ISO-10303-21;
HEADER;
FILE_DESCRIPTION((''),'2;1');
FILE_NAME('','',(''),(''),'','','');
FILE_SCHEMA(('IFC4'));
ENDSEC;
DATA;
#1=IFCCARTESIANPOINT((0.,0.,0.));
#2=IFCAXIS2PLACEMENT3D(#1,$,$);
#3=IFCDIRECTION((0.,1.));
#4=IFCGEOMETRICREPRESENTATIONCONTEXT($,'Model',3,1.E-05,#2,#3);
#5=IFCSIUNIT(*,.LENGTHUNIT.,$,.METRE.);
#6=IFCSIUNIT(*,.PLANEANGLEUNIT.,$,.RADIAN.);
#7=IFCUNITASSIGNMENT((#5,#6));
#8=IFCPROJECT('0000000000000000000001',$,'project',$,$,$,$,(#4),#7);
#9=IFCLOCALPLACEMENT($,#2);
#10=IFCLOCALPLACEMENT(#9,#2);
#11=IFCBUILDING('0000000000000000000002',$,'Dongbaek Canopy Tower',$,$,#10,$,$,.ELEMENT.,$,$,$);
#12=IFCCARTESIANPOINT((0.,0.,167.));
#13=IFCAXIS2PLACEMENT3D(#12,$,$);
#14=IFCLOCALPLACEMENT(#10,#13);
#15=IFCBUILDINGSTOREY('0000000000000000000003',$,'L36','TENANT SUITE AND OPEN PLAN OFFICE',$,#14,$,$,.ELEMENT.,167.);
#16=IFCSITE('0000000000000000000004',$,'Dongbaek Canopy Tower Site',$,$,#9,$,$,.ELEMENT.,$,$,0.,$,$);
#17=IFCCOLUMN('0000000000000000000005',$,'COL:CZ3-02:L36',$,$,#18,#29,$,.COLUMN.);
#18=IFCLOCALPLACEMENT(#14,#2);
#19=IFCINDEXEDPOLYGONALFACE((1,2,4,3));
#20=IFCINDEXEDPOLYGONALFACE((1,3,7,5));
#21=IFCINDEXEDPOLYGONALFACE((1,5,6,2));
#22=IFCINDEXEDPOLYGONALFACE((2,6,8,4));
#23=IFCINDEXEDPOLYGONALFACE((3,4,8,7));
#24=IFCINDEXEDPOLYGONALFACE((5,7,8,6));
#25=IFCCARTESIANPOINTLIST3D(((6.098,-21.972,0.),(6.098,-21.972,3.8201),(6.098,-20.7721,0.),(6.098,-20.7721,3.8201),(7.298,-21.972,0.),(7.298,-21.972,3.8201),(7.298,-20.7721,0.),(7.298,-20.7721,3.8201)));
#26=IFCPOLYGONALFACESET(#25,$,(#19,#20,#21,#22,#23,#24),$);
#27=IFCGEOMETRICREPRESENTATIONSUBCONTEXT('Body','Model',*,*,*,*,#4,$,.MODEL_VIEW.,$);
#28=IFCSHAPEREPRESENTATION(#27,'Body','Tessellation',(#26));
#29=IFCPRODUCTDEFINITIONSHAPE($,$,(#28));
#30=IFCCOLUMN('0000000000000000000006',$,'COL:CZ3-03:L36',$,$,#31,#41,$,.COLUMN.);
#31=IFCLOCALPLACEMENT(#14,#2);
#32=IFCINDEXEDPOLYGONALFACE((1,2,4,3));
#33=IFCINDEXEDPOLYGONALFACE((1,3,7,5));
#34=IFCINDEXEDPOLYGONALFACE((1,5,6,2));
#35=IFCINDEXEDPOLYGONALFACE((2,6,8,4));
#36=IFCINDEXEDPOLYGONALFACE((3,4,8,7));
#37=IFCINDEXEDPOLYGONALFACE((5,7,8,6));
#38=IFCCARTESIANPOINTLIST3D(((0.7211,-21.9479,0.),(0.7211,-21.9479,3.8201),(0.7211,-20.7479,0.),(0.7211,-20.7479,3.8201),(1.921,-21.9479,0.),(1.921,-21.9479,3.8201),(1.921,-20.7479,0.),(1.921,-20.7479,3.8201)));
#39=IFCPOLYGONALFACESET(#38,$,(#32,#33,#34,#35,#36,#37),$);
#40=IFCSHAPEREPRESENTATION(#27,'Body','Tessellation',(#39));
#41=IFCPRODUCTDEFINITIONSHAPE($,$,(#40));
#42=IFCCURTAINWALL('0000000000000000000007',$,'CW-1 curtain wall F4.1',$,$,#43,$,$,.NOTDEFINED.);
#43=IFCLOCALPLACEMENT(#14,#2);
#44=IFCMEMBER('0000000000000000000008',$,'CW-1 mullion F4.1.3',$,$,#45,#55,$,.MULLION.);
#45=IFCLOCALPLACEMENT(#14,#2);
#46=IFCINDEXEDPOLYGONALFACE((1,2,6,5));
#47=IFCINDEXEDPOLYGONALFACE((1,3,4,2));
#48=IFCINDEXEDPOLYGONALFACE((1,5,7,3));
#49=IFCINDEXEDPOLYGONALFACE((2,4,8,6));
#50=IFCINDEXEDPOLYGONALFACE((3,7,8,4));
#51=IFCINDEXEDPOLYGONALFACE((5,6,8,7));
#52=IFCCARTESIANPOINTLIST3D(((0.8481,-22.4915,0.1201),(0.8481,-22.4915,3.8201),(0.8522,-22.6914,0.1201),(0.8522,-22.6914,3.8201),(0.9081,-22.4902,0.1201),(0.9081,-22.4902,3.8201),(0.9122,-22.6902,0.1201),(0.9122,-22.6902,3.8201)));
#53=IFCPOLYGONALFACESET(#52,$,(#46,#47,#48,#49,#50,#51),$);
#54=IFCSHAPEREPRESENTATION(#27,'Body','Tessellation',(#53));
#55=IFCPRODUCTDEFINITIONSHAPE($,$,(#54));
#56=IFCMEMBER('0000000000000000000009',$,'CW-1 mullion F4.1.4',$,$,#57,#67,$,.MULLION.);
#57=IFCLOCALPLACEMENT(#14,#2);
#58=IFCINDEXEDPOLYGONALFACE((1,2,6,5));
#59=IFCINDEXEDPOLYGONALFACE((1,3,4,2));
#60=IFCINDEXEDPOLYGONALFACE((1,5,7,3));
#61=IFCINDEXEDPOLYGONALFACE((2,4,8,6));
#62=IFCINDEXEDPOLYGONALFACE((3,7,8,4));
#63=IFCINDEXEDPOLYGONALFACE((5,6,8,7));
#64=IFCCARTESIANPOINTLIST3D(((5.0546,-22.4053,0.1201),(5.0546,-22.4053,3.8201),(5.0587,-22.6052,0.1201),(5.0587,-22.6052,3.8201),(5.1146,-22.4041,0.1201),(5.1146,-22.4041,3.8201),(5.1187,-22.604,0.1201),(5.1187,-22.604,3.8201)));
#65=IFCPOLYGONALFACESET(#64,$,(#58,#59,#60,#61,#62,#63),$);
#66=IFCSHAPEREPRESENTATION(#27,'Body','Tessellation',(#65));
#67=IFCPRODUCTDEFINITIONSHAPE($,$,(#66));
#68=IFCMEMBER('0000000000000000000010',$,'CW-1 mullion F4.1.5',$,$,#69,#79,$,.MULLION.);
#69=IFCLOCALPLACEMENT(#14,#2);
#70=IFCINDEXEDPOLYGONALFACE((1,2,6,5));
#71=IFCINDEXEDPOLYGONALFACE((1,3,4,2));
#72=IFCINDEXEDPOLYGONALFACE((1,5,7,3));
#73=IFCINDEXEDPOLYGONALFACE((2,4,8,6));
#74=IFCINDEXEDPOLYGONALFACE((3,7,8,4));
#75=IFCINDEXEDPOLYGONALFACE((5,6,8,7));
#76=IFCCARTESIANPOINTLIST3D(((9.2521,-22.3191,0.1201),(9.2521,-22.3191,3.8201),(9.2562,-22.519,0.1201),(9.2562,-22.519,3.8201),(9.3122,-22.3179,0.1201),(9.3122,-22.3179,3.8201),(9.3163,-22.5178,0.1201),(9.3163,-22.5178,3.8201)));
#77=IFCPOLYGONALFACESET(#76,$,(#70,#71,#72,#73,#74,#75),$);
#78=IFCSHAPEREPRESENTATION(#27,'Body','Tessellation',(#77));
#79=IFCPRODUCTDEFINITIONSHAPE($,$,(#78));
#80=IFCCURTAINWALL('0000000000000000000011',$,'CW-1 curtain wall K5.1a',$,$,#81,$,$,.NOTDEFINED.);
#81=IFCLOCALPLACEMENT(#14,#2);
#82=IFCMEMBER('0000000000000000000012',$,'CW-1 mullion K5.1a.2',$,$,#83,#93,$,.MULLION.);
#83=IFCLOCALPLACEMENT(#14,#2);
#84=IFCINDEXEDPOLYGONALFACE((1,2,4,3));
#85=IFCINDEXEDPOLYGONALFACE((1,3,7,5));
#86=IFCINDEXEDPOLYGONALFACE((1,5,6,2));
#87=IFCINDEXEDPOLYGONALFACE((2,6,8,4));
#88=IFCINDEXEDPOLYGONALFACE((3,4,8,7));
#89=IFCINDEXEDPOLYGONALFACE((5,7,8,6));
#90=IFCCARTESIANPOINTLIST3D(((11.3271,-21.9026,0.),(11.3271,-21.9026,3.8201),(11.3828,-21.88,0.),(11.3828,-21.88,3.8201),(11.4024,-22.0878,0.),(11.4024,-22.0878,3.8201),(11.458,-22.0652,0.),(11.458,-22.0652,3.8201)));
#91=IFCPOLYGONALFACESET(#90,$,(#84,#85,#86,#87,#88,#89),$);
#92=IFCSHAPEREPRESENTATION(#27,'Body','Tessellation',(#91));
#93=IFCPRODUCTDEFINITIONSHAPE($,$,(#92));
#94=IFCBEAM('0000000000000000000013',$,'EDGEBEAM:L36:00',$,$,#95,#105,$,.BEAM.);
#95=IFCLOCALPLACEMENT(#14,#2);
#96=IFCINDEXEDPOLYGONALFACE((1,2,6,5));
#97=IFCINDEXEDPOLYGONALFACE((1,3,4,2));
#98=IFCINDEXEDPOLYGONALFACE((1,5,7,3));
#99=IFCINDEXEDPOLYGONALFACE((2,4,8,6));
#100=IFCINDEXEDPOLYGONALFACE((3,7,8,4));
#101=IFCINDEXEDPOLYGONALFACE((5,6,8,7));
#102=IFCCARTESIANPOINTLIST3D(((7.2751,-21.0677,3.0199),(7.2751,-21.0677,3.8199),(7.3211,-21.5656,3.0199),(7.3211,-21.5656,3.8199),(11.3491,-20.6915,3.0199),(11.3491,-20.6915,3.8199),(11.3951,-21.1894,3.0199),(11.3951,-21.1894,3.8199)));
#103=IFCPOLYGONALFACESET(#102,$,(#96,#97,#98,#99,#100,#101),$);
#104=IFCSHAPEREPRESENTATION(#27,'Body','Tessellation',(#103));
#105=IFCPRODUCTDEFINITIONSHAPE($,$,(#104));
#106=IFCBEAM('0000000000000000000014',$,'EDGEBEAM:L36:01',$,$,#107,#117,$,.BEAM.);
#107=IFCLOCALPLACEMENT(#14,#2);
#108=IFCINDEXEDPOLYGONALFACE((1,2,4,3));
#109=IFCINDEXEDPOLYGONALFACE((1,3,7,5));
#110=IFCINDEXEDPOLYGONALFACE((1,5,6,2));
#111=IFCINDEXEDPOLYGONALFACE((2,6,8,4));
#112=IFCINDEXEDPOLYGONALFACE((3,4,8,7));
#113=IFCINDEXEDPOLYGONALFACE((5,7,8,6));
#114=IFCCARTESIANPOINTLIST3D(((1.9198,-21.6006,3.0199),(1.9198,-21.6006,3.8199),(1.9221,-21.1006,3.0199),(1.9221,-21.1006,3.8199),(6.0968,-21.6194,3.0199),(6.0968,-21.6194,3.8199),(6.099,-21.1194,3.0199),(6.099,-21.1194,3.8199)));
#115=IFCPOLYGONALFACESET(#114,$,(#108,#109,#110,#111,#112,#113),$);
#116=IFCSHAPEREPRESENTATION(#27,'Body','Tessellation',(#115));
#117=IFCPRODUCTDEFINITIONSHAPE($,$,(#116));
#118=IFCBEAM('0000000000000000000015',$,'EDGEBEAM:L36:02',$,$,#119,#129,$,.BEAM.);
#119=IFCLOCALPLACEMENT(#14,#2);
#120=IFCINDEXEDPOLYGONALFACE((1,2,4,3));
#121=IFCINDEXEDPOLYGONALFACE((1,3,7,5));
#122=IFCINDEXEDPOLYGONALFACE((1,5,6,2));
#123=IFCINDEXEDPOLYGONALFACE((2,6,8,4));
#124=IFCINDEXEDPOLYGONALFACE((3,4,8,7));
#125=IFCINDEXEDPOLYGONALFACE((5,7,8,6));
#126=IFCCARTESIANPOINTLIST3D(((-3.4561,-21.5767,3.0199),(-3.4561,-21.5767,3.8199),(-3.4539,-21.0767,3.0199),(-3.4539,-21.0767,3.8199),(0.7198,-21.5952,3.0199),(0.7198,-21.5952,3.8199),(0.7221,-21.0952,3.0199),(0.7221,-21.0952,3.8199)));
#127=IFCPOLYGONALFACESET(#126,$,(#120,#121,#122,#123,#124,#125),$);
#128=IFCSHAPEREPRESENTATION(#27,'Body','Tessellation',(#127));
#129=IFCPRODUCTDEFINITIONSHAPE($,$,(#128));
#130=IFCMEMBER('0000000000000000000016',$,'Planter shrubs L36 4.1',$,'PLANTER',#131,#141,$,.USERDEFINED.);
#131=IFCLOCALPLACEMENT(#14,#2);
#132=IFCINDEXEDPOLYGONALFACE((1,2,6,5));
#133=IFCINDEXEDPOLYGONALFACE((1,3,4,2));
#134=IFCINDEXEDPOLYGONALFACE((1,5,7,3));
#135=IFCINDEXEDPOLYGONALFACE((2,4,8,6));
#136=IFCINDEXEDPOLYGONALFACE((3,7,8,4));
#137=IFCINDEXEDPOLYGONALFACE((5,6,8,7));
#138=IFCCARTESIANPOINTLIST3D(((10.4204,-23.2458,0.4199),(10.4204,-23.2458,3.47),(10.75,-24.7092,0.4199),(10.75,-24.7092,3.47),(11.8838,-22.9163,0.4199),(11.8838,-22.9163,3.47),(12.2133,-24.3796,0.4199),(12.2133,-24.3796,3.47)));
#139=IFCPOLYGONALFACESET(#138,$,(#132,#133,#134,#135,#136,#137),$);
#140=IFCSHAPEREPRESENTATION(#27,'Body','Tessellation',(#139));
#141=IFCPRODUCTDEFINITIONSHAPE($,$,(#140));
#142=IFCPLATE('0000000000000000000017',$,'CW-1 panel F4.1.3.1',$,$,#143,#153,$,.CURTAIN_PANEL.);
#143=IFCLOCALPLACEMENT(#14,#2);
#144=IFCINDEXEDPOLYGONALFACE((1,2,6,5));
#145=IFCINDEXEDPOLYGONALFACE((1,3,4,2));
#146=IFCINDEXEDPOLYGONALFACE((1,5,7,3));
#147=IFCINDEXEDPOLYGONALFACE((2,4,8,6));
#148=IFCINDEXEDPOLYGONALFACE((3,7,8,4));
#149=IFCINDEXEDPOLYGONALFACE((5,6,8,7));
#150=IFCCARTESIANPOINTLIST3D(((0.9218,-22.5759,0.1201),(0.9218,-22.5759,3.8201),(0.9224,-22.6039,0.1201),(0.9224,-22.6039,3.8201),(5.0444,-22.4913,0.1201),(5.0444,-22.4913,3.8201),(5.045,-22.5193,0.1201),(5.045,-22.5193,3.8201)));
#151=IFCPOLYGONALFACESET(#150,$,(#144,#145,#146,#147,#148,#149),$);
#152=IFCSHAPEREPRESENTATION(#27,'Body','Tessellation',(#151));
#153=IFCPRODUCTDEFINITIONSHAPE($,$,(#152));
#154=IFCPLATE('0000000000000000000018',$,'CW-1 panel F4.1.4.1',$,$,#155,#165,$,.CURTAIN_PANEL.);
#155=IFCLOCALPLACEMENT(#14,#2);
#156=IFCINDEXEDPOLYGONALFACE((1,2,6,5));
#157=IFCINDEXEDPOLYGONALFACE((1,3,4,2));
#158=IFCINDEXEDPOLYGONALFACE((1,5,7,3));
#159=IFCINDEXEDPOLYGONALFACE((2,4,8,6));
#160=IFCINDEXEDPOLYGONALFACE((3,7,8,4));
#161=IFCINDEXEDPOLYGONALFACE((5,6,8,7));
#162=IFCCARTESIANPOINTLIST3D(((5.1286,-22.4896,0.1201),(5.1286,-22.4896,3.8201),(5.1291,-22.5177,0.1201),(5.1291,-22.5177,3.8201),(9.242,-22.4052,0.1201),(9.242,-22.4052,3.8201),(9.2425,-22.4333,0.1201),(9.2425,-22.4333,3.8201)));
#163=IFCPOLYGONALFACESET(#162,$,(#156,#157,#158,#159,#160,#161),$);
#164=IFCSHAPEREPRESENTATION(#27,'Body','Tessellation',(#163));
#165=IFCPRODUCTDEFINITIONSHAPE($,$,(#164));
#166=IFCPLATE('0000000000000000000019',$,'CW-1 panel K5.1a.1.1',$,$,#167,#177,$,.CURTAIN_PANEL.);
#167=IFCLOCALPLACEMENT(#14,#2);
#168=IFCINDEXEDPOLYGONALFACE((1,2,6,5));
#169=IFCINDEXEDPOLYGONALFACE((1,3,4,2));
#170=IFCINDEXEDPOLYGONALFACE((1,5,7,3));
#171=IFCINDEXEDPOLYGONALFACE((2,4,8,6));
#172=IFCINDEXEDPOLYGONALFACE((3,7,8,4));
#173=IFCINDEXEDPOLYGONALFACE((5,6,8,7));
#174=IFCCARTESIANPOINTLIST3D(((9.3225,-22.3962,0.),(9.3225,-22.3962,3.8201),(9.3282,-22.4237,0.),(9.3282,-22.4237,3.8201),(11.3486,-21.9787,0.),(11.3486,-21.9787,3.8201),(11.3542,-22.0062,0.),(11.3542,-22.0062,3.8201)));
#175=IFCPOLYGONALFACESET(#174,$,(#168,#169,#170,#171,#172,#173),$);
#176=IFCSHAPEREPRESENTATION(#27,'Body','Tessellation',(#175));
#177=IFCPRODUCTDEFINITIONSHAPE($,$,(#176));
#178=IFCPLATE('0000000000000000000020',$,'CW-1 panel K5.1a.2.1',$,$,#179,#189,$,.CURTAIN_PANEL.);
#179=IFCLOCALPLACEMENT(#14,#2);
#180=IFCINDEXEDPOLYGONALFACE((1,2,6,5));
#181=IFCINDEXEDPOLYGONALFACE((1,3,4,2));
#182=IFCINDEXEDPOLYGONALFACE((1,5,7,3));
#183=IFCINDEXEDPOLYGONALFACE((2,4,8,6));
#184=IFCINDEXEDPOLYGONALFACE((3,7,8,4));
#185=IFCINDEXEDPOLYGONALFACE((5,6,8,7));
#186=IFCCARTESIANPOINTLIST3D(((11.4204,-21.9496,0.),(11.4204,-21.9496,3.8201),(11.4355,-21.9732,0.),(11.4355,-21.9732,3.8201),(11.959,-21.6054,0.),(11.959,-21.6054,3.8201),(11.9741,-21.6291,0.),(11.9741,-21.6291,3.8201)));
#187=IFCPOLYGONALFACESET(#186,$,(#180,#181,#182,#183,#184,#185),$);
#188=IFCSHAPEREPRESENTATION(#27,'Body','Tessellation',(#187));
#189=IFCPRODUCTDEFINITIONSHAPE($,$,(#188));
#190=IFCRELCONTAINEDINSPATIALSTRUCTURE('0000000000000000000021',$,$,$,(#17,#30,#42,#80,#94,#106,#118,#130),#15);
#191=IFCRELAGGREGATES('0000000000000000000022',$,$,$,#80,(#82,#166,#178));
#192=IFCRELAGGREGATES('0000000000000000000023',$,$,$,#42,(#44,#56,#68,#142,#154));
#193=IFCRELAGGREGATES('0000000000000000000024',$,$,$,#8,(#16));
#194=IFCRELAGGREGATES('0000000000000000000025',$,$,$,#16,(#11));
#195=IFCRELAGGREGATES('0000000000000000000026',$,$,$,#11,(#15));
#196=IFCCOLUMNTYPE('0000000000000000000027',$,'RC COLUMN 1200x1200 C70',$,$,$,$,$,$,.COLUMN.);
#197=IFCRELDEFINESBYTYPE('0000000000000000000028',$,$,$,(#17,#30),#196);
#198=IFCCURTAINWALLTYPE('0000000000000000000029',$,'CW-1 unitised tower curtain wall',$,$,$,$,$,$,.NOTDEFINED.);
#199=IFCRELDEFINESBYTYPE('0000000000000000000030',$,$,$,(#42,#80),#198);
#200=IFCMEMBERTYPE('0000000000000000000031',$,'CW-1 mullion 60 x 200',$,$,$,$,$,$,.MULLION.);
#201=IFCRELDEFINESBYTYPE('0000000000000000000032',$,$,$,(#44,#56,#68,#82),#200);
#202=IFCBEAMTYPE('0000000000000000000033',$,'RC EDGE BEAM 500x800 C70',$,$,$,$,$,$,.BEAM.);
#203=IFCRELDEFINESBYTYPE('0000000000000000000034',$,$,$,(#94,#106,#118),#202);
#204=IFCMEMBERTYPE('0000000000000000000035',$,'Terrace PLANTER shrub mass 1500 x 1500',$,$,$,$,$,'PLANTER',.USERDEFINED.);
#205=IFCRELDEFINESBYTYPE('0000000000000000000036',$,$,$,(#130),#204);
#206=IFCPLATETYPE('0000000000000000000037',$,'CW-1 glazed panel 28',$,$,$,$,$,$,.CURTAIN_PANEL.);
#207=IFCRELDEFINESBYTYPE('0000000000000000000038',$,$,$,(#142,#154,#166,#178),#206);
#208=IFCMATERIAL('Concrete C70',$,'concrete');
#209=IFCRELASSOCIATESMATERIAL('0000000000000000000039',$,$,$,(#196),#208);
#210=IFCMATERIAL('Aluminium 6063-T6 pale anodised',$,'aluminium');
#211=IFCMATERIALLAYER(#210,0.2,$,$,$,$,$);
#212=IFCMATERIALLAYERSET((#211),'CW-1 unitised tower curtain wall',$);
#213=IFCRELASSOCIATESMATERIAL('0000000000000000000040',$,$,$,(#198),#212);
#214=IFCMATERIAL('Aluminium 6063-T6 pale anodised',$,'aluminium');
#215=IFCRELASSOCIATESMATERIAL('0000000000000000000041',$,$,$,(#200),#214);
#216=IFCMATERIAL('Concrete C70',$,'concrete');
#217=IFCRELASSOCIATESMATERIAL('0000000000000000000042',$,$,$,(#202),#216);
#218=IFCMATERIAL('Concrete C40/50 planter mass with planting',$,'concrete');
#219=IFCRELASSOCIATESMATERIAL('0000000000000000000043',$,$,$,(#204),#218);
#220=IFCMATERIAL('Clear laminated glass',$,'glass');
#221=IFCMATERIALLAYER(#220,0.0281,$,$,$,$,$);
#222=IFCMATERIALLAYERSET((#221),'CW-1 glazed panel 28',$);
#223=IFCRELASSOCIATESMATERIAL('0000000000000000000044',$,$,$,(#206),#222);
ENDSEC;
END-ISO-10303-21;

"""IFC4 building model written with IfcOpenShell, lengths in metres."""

from ifc_helpers import new_model, si_unit, direction, frame, origin, origin_2d, place, context, subcontext, project, spatial, rectangle, extrude, material, layer, layer_set, material_profile, profile_set, type_object, element, aggregate, save


model = new_model("IFC4")

# Units and contexts
model_context = context("Model", 3, precision=1e-05, world=origin(), true_north=direction((0.0, 1.0)))
body_context = subcontext(model_context, "Body", "Model", "MODEL_VIEW")
ifc_project = project(units=[si_unit("LENGTHUNIT", "METRE"), si_unit("PLANEANGLEUNIT", "RADIAN")], contexts=[model_context])

# Site, building, storey
site_placement = place(None, origin())
site = spatial("IfcSite", under=ifc_project, at=site_placement, Name="Dongbaek Canopy Tower Site", CompositionType="ELEMENT", RefElevation=0.0)
building_placement = place(site_placement, origin())
building = spatial("IfcBuilding", under=site, at=building_placement, Name="Dongbaek Canopy Tower", CompositionType="ELEMENT")
storey_placement = place(building_placement, frame((0.0, 0.0, 167.0)))
storey = spatial("IfcBuildingStorey", under=building, at=storey_placement, Name="L36", Description="TENANT SUITE AND OPEN PLAN OFFICE", CompositionType="ELEMENT", Elevation=167.0)

# Columns
ifc_material_1 = material(Name="Concrete C70", Category="concrete")
ifc_material_profile_1 = material_profile(ifc_material_1, rectangle(XDim=1.2, YDim=1.2, at=origin_2d()), Name="RC COLUMN 1200x1200 C70")
ifc_profile_set_1 = profile_set([ifc_material_profile_1], Name="Concrete C70")
column_type = type_object("IfcColumnType", Name="RC COLUMN 1200x1200 C70", PredefinedType="COLUMN", material=ifc_profile_set_1)
for number, where, z_axis, x_axis, name in (
    (1, (6.698, -21.3721, 0.0), (0.0, 0.0, 1.0), (1.0, 0.0, 0.0), "COL:CZ3-02:L36"),
    (2, (1.321, -21.3479, 0.0), (0.0, 0.0, 1.0), (1.0, 0.0, 0.0), "COL:CZ3-03:L36"),
):
    element("IfcColumn", number, at=place(storey_placement, frame(where, z_axis=z_axis, x_axis=x_axis)), inside=storey, type_object=column_type, Name=name, PredefinedType="COLUMN", context=body_context, shape_type="SweptSolid", body=[
        extrude(rectangle(XDim=1.2, YDim=1.2, at=origin_2d()), origin(), (0.0, 0.0, 1.0), 3.8201),
    ])

# Curtain wall, members
ifc_material_2 = material(Name="Aluminium 6063-T6 pale anodised", Category="aluminium")
ifc_layer_1 = layer(ifc_material_2, 0.2)
ifc_layer_set_1 = layer_set([ifc_layer_1], Name="CW-1 unitised tower curtain wall")
curtain_wall_type = type_object("IfcCurtainWallType", Name="CW-1 unitised tower curtain wall", PredefinedType="NOTDEFINED", material=ifc_layer_set_1)
curtain_wall_1_placement = place(storey_placement, origin())
curtain_wall_1 = element("IfcCurtainWall", 3, at=curtain_wall_1_placement, inside=storey, type_object=curtain_wall_type, Name="CW-1 curtain wall F4.1", PredefinedType="NOTDEFINED")
ifc_material_3 = material(Name="Aluminium 6063-T6 pale anodised", Category="aluminium")
ifc_material_profile_2 = material_profile(ifc_material_3, rectangle(XDim=0.2, YDim=0.0601, at=origin_2d()), Name="CW-1 mullion 60 x 200")
ifc_profile_set_2 = profile_set([ifc_material_profile_2], Name="Aluminium 6063-T6 pale anodised")
member_type_1 = type_object("IfcMemberType", Name="CW-1 mullion 60 x 200", PredefinedType="MULLION", material=ifc_profile_set_2)
member_1_placement = place(storey_placement, frame((0.8801, -22.5908, 0.1201), z_axis=(0.0, 0.0, 1.0), x_axis=(0.020515, -0.99979, 0.0)))
member_1 = element("IfcMember", 4, at=member_1_placement, type_object=member_type_1, Name="CW-1 mullion F4.1.3", PredefinedType="MULLION", context=body_context, shape_type="SweptSolid", body=[
    extrude(rectangle(XDim=0.2, YDim=0.0601, at=origin_2d()), origin(), (0.0, 0.0, 1.0), 3.7),
])
member_2_placement = place(storey_placement, frame((5.0867, -22.5046, 0.1201), z_axis=(0.0, 0.0, 1.0), x_axis=(0.020515, -0.99979, 0.0)))
member_2 = element("IfcMember", 5, at=member_2_placement, type_object=member_type_1, Name="CW-1 mullion F4.1.4", PredefinedType="MULLION", context=body_context, shape_type="SweptSolid", body=[
    extrude(rectangle(XDim=0.2, YDim=0.0601, at=origin_2d()), origin(), (0.0, 0.0, 1.0), 3.7),
])
member_3_placement = place(storey_placement, frame((9.2842, -22.4185, 0.1201), z_axis=(0.0, 0.0, 1.0), x_axis=(0.020515, -0.99979, 0.0)))
member_3 = element("IfcMember", 6, at=member_3_placement, type_object=member_type_1, Name="CW-1 mullion F4.1.5", PredefinedType="MULLION", context=body_context, shape_type="SweptSolid", body=[
    extrude(rectangle(XDim=0.2, YDim=0.0601, at=origin_2d()), origin(), (0.0, 0.0, 1.0), 3.7),
])

# Curtain wall, member
curtain_wall_2_placement = place(storey_placement, origin())
curtain_wall_2 = element("IfcCurtainWall", 7, at=curtain_wall_2_placement, inside=storey, type_object=curtain_wall_type, Name="CW-1 curtain wall K5.1a", PredefinedType="NOTDEFINED")
member_4_placement = place(storey_placement, frame((11.3926, -21.9839, 0.0), z_axis=(0.0, 0.0, 1.0), x_axis=(0.376398, -0.926458, 0.0)))
member_4 = element("IfcMember", 8, at=member_4_placement, type_object=member_type_1, Name="CW-1 mullion K5.1a.2", PredefinedType="MULLION", context=body_context, shape_type="SweptSolid", body=[
    extrude(rectangle(XDim=0.2, YDim=0.0601, at=origin_2d()), origin(), (0.0, 0.0, 1.0), 3.8201),
])

# Beams
ifc_material_4 = material(Name="Concrete C70", Category="concrete")
ifc_material_profile_3 = material_profile(ifc_material_4, rectangle(XDim=0.5, YDim=0.8, at=origin_2d()), Name="RC EDGE BEAM 500x800 C70")
ifc_profile_set_3 = profile_set([ifc_material_profile_3], Name="Concrete C70")
beam_type = type_object("IfcBeamType", Name="RC EDGE BEAM 500x800 C70", PredefinedType="BEAM", material=ifc_profile_set_3)
beam_1_placement = place(storey_placement, frame((11.3721, -20.9404, 3.4199), z_axis=(-0.995763, -0.091956, 0.0), x_axis=(0.091956, -0.995763, 0.0)))
element("IfcBeam", 9, at=beam_1_placement, inside=storey, type_object=beam_type, Name="EDGEBEAM:L36:00", PredefinedType="BEAM", context=body_context, shape_type="SweptSolid", body=[
    extrude(rectangle(XDim=0.5, YDim=0.8, at=origin_2d()), origin(), (0.0, 0.0, 1.0), 4.0913),
])
beam_2_placement = place(storey_placement, frame((6.0979, -21.3694, 3.4199), z_axis=(-0.99999, 0.004501, 0.0), x_axis=(-0.004501, -0.99999, 0.0)))
element("IfcBeam", 10, at=beam_2_placement, inside=storey, type_object=beam_type, Name="EDGEBEAM:L36:01", PredefinedType="BEAM", context=body_context, shape_type="SweptSolid", body=[
    extrude(rectangle(XDim=0.5, YDim=0.8, at=origin_2d()), origin(), (0.0, 0.0, 1.0), 4.177),
])
beam_3_placement = place(storey_placement, frame((0.7209, -21.3452, 3.4199), z_axis=(-0.99999, 0.004443, 0.0), x_axis=(-0.004443, -0.99999, 0.0)))
element("IfcBeam", 11, at=beam_3_placement, inside=storey, type_object=beam_type, Name="EDGEBEAM:L36:02", PredefinedType="BEAM", context=body_context, shape_type="SweptSolid", body=[
    extrude(rectangle(XDim=0.5, YDim=0.8, at=origin_2d()), origin(), (0.0, 0.0, 1.0), 4.176),
])

# Member
ifc_material_5 = material(Name="Concrete C40/50 planter mass with planting", Category="concrete")
ifc_material_profile_4 = material_profile(ifc_material_5, rectangle(XDim=1.5, YDim=1.5, at=origin_2d()), Name="Terrace PLANTER shrub mass 1500 x 1500")
ifc_profile_set_4 = profile_set([ifc_material_profile_4], Name="Concrete C40/50 planter mass with planting")
member_type_2 = type_object("IfcMemberType", Name="Terrace PLANTER shrub mass 1500 x 1500", ElementType="PLANTER", PredefinedType="USERDEFINED", material=ifc_profile_set_4)
member_5_placement = place(storey_placement, frame((11.3169, -23.8127, 0.4199), z_axis=(0.0, 0.0, 1.0), x_axis=(0.219698, -0.975568, 0.0)))
element("IfcMember", 12, at=member_5_placement, inside=storey, type_object=member_type_2, Name="Planter shrubs L36 4.1", ObjectType="PLANTER", PredefinedType="USERDEFINED", context=body_context, shape_type="SweptSolid", body=[
    extrude(rectangle(XDim=1.5, YDim=1.5, at=origin_2d()), origin(), (0.0, 0.0, 1.0), 3.05),
])

# Plates
ifc_material_6 = material(Name="Clear laminated glass", Category="glass")
ifc_layer_2 = layer(ifc_material_6, 0.0281)
ifc_layer_set_2 = layer_set([ifc_layer_2], Name="CW-1 glazed panel 28")
plate_type = type_object("IfcPlateType", Name="CW-1 glazed panel 28", PredefinedType="CURTAIN_PANEL", material=ifc_layer_set_2)
plate_1_placement = place(storey_placement, frame((2.9834, -22.5476, 0.1201), z_axis=(0.0, 0.0, 1.0), x_axis=(0.99979, 0.020515, 0.0)))
plate_1 = element("IfcPlate", 13, at=plate_1_placement, type_object=plate_type, Name="CW-1 panel F4.1.3.1", PredefinedType="CURTAIN_PANEL", context=body_context, shape_type="SweptSolid", body=[
    extrude(rectangle(XDim=4.1235, YDim=0.0281, at=origin_2d()), origin(), (0.0, 0.0, 1.0), 3.7),
])
plate_2_placement = place(storey_placement, frame((7.1855, -22.4614, 0.1201), z_axis=(0.0, 0.0, 1.0), x_axis=(0.99979, 0.020515, 0.0)))
plate_2 = element("IfcPlate", 14, at=plate_2_placement, type_object=plate_type, Name="CW-1 panel F4.1.4.1", PredefinedType="CURTAIN_PANEL", context=body_context, shape_type="SweptSolid", body=[
    extrude(rectangle(XDim=4.1143, YDim=0.0281, at=origin_2d()), origin(), (0.0, 0.0, 1.0), 3.7),
])
plate_3_placement = place(storey_placement, frame((10.3384, -22.2012, 0.0), z_axis=(0.0, 0.0, 1.0), x_axis=(0.979424, 0.201815, 0.0)))
plate_3 = element("IfcPlate", 15, at=plate_3_placement, type_object=plate_type, Name="CW-1 panel K5.1a.1.1", PredefinedType="CURTAIN_PANEL", context=body_context, shape_type="SweptSolid", body=[
    extrude(rectangle(XDim=2.0686, YDim=0.0281, at=origin_2d()), origin(), (0.0, 0.0, 1.0), 3.8201),
])
plate_4_placement = place(storey_placement, frame((11.6973, -21.7893, 0.0), z_axis=(0.0, 0.0, 1.0), x_axis=(0.842656, 0.538453, 0.0)))
plate_4 = element("IfcPlate", 16, at=plate_4_placement, type_object=plate_type, Name="CW-1 panel K5.1a.2.1", PredefinedType="CURTAIN_PANEL", context=body_context, shape_type="SweptSolid", body=[
    extrude(rectangle(XDim=0.6392, YDim=0.0281, at=origin_2d()), origin(), (0.0, 0.0, 1.0), 3.8201),
])
aggregate(curtain_wall_2, [member_4, plate_3, plate_4])

aggregate(curtain_wall_1, [member_1, member_2, member_3, plate_1, plate_2])

save(model, "model.ifc")
